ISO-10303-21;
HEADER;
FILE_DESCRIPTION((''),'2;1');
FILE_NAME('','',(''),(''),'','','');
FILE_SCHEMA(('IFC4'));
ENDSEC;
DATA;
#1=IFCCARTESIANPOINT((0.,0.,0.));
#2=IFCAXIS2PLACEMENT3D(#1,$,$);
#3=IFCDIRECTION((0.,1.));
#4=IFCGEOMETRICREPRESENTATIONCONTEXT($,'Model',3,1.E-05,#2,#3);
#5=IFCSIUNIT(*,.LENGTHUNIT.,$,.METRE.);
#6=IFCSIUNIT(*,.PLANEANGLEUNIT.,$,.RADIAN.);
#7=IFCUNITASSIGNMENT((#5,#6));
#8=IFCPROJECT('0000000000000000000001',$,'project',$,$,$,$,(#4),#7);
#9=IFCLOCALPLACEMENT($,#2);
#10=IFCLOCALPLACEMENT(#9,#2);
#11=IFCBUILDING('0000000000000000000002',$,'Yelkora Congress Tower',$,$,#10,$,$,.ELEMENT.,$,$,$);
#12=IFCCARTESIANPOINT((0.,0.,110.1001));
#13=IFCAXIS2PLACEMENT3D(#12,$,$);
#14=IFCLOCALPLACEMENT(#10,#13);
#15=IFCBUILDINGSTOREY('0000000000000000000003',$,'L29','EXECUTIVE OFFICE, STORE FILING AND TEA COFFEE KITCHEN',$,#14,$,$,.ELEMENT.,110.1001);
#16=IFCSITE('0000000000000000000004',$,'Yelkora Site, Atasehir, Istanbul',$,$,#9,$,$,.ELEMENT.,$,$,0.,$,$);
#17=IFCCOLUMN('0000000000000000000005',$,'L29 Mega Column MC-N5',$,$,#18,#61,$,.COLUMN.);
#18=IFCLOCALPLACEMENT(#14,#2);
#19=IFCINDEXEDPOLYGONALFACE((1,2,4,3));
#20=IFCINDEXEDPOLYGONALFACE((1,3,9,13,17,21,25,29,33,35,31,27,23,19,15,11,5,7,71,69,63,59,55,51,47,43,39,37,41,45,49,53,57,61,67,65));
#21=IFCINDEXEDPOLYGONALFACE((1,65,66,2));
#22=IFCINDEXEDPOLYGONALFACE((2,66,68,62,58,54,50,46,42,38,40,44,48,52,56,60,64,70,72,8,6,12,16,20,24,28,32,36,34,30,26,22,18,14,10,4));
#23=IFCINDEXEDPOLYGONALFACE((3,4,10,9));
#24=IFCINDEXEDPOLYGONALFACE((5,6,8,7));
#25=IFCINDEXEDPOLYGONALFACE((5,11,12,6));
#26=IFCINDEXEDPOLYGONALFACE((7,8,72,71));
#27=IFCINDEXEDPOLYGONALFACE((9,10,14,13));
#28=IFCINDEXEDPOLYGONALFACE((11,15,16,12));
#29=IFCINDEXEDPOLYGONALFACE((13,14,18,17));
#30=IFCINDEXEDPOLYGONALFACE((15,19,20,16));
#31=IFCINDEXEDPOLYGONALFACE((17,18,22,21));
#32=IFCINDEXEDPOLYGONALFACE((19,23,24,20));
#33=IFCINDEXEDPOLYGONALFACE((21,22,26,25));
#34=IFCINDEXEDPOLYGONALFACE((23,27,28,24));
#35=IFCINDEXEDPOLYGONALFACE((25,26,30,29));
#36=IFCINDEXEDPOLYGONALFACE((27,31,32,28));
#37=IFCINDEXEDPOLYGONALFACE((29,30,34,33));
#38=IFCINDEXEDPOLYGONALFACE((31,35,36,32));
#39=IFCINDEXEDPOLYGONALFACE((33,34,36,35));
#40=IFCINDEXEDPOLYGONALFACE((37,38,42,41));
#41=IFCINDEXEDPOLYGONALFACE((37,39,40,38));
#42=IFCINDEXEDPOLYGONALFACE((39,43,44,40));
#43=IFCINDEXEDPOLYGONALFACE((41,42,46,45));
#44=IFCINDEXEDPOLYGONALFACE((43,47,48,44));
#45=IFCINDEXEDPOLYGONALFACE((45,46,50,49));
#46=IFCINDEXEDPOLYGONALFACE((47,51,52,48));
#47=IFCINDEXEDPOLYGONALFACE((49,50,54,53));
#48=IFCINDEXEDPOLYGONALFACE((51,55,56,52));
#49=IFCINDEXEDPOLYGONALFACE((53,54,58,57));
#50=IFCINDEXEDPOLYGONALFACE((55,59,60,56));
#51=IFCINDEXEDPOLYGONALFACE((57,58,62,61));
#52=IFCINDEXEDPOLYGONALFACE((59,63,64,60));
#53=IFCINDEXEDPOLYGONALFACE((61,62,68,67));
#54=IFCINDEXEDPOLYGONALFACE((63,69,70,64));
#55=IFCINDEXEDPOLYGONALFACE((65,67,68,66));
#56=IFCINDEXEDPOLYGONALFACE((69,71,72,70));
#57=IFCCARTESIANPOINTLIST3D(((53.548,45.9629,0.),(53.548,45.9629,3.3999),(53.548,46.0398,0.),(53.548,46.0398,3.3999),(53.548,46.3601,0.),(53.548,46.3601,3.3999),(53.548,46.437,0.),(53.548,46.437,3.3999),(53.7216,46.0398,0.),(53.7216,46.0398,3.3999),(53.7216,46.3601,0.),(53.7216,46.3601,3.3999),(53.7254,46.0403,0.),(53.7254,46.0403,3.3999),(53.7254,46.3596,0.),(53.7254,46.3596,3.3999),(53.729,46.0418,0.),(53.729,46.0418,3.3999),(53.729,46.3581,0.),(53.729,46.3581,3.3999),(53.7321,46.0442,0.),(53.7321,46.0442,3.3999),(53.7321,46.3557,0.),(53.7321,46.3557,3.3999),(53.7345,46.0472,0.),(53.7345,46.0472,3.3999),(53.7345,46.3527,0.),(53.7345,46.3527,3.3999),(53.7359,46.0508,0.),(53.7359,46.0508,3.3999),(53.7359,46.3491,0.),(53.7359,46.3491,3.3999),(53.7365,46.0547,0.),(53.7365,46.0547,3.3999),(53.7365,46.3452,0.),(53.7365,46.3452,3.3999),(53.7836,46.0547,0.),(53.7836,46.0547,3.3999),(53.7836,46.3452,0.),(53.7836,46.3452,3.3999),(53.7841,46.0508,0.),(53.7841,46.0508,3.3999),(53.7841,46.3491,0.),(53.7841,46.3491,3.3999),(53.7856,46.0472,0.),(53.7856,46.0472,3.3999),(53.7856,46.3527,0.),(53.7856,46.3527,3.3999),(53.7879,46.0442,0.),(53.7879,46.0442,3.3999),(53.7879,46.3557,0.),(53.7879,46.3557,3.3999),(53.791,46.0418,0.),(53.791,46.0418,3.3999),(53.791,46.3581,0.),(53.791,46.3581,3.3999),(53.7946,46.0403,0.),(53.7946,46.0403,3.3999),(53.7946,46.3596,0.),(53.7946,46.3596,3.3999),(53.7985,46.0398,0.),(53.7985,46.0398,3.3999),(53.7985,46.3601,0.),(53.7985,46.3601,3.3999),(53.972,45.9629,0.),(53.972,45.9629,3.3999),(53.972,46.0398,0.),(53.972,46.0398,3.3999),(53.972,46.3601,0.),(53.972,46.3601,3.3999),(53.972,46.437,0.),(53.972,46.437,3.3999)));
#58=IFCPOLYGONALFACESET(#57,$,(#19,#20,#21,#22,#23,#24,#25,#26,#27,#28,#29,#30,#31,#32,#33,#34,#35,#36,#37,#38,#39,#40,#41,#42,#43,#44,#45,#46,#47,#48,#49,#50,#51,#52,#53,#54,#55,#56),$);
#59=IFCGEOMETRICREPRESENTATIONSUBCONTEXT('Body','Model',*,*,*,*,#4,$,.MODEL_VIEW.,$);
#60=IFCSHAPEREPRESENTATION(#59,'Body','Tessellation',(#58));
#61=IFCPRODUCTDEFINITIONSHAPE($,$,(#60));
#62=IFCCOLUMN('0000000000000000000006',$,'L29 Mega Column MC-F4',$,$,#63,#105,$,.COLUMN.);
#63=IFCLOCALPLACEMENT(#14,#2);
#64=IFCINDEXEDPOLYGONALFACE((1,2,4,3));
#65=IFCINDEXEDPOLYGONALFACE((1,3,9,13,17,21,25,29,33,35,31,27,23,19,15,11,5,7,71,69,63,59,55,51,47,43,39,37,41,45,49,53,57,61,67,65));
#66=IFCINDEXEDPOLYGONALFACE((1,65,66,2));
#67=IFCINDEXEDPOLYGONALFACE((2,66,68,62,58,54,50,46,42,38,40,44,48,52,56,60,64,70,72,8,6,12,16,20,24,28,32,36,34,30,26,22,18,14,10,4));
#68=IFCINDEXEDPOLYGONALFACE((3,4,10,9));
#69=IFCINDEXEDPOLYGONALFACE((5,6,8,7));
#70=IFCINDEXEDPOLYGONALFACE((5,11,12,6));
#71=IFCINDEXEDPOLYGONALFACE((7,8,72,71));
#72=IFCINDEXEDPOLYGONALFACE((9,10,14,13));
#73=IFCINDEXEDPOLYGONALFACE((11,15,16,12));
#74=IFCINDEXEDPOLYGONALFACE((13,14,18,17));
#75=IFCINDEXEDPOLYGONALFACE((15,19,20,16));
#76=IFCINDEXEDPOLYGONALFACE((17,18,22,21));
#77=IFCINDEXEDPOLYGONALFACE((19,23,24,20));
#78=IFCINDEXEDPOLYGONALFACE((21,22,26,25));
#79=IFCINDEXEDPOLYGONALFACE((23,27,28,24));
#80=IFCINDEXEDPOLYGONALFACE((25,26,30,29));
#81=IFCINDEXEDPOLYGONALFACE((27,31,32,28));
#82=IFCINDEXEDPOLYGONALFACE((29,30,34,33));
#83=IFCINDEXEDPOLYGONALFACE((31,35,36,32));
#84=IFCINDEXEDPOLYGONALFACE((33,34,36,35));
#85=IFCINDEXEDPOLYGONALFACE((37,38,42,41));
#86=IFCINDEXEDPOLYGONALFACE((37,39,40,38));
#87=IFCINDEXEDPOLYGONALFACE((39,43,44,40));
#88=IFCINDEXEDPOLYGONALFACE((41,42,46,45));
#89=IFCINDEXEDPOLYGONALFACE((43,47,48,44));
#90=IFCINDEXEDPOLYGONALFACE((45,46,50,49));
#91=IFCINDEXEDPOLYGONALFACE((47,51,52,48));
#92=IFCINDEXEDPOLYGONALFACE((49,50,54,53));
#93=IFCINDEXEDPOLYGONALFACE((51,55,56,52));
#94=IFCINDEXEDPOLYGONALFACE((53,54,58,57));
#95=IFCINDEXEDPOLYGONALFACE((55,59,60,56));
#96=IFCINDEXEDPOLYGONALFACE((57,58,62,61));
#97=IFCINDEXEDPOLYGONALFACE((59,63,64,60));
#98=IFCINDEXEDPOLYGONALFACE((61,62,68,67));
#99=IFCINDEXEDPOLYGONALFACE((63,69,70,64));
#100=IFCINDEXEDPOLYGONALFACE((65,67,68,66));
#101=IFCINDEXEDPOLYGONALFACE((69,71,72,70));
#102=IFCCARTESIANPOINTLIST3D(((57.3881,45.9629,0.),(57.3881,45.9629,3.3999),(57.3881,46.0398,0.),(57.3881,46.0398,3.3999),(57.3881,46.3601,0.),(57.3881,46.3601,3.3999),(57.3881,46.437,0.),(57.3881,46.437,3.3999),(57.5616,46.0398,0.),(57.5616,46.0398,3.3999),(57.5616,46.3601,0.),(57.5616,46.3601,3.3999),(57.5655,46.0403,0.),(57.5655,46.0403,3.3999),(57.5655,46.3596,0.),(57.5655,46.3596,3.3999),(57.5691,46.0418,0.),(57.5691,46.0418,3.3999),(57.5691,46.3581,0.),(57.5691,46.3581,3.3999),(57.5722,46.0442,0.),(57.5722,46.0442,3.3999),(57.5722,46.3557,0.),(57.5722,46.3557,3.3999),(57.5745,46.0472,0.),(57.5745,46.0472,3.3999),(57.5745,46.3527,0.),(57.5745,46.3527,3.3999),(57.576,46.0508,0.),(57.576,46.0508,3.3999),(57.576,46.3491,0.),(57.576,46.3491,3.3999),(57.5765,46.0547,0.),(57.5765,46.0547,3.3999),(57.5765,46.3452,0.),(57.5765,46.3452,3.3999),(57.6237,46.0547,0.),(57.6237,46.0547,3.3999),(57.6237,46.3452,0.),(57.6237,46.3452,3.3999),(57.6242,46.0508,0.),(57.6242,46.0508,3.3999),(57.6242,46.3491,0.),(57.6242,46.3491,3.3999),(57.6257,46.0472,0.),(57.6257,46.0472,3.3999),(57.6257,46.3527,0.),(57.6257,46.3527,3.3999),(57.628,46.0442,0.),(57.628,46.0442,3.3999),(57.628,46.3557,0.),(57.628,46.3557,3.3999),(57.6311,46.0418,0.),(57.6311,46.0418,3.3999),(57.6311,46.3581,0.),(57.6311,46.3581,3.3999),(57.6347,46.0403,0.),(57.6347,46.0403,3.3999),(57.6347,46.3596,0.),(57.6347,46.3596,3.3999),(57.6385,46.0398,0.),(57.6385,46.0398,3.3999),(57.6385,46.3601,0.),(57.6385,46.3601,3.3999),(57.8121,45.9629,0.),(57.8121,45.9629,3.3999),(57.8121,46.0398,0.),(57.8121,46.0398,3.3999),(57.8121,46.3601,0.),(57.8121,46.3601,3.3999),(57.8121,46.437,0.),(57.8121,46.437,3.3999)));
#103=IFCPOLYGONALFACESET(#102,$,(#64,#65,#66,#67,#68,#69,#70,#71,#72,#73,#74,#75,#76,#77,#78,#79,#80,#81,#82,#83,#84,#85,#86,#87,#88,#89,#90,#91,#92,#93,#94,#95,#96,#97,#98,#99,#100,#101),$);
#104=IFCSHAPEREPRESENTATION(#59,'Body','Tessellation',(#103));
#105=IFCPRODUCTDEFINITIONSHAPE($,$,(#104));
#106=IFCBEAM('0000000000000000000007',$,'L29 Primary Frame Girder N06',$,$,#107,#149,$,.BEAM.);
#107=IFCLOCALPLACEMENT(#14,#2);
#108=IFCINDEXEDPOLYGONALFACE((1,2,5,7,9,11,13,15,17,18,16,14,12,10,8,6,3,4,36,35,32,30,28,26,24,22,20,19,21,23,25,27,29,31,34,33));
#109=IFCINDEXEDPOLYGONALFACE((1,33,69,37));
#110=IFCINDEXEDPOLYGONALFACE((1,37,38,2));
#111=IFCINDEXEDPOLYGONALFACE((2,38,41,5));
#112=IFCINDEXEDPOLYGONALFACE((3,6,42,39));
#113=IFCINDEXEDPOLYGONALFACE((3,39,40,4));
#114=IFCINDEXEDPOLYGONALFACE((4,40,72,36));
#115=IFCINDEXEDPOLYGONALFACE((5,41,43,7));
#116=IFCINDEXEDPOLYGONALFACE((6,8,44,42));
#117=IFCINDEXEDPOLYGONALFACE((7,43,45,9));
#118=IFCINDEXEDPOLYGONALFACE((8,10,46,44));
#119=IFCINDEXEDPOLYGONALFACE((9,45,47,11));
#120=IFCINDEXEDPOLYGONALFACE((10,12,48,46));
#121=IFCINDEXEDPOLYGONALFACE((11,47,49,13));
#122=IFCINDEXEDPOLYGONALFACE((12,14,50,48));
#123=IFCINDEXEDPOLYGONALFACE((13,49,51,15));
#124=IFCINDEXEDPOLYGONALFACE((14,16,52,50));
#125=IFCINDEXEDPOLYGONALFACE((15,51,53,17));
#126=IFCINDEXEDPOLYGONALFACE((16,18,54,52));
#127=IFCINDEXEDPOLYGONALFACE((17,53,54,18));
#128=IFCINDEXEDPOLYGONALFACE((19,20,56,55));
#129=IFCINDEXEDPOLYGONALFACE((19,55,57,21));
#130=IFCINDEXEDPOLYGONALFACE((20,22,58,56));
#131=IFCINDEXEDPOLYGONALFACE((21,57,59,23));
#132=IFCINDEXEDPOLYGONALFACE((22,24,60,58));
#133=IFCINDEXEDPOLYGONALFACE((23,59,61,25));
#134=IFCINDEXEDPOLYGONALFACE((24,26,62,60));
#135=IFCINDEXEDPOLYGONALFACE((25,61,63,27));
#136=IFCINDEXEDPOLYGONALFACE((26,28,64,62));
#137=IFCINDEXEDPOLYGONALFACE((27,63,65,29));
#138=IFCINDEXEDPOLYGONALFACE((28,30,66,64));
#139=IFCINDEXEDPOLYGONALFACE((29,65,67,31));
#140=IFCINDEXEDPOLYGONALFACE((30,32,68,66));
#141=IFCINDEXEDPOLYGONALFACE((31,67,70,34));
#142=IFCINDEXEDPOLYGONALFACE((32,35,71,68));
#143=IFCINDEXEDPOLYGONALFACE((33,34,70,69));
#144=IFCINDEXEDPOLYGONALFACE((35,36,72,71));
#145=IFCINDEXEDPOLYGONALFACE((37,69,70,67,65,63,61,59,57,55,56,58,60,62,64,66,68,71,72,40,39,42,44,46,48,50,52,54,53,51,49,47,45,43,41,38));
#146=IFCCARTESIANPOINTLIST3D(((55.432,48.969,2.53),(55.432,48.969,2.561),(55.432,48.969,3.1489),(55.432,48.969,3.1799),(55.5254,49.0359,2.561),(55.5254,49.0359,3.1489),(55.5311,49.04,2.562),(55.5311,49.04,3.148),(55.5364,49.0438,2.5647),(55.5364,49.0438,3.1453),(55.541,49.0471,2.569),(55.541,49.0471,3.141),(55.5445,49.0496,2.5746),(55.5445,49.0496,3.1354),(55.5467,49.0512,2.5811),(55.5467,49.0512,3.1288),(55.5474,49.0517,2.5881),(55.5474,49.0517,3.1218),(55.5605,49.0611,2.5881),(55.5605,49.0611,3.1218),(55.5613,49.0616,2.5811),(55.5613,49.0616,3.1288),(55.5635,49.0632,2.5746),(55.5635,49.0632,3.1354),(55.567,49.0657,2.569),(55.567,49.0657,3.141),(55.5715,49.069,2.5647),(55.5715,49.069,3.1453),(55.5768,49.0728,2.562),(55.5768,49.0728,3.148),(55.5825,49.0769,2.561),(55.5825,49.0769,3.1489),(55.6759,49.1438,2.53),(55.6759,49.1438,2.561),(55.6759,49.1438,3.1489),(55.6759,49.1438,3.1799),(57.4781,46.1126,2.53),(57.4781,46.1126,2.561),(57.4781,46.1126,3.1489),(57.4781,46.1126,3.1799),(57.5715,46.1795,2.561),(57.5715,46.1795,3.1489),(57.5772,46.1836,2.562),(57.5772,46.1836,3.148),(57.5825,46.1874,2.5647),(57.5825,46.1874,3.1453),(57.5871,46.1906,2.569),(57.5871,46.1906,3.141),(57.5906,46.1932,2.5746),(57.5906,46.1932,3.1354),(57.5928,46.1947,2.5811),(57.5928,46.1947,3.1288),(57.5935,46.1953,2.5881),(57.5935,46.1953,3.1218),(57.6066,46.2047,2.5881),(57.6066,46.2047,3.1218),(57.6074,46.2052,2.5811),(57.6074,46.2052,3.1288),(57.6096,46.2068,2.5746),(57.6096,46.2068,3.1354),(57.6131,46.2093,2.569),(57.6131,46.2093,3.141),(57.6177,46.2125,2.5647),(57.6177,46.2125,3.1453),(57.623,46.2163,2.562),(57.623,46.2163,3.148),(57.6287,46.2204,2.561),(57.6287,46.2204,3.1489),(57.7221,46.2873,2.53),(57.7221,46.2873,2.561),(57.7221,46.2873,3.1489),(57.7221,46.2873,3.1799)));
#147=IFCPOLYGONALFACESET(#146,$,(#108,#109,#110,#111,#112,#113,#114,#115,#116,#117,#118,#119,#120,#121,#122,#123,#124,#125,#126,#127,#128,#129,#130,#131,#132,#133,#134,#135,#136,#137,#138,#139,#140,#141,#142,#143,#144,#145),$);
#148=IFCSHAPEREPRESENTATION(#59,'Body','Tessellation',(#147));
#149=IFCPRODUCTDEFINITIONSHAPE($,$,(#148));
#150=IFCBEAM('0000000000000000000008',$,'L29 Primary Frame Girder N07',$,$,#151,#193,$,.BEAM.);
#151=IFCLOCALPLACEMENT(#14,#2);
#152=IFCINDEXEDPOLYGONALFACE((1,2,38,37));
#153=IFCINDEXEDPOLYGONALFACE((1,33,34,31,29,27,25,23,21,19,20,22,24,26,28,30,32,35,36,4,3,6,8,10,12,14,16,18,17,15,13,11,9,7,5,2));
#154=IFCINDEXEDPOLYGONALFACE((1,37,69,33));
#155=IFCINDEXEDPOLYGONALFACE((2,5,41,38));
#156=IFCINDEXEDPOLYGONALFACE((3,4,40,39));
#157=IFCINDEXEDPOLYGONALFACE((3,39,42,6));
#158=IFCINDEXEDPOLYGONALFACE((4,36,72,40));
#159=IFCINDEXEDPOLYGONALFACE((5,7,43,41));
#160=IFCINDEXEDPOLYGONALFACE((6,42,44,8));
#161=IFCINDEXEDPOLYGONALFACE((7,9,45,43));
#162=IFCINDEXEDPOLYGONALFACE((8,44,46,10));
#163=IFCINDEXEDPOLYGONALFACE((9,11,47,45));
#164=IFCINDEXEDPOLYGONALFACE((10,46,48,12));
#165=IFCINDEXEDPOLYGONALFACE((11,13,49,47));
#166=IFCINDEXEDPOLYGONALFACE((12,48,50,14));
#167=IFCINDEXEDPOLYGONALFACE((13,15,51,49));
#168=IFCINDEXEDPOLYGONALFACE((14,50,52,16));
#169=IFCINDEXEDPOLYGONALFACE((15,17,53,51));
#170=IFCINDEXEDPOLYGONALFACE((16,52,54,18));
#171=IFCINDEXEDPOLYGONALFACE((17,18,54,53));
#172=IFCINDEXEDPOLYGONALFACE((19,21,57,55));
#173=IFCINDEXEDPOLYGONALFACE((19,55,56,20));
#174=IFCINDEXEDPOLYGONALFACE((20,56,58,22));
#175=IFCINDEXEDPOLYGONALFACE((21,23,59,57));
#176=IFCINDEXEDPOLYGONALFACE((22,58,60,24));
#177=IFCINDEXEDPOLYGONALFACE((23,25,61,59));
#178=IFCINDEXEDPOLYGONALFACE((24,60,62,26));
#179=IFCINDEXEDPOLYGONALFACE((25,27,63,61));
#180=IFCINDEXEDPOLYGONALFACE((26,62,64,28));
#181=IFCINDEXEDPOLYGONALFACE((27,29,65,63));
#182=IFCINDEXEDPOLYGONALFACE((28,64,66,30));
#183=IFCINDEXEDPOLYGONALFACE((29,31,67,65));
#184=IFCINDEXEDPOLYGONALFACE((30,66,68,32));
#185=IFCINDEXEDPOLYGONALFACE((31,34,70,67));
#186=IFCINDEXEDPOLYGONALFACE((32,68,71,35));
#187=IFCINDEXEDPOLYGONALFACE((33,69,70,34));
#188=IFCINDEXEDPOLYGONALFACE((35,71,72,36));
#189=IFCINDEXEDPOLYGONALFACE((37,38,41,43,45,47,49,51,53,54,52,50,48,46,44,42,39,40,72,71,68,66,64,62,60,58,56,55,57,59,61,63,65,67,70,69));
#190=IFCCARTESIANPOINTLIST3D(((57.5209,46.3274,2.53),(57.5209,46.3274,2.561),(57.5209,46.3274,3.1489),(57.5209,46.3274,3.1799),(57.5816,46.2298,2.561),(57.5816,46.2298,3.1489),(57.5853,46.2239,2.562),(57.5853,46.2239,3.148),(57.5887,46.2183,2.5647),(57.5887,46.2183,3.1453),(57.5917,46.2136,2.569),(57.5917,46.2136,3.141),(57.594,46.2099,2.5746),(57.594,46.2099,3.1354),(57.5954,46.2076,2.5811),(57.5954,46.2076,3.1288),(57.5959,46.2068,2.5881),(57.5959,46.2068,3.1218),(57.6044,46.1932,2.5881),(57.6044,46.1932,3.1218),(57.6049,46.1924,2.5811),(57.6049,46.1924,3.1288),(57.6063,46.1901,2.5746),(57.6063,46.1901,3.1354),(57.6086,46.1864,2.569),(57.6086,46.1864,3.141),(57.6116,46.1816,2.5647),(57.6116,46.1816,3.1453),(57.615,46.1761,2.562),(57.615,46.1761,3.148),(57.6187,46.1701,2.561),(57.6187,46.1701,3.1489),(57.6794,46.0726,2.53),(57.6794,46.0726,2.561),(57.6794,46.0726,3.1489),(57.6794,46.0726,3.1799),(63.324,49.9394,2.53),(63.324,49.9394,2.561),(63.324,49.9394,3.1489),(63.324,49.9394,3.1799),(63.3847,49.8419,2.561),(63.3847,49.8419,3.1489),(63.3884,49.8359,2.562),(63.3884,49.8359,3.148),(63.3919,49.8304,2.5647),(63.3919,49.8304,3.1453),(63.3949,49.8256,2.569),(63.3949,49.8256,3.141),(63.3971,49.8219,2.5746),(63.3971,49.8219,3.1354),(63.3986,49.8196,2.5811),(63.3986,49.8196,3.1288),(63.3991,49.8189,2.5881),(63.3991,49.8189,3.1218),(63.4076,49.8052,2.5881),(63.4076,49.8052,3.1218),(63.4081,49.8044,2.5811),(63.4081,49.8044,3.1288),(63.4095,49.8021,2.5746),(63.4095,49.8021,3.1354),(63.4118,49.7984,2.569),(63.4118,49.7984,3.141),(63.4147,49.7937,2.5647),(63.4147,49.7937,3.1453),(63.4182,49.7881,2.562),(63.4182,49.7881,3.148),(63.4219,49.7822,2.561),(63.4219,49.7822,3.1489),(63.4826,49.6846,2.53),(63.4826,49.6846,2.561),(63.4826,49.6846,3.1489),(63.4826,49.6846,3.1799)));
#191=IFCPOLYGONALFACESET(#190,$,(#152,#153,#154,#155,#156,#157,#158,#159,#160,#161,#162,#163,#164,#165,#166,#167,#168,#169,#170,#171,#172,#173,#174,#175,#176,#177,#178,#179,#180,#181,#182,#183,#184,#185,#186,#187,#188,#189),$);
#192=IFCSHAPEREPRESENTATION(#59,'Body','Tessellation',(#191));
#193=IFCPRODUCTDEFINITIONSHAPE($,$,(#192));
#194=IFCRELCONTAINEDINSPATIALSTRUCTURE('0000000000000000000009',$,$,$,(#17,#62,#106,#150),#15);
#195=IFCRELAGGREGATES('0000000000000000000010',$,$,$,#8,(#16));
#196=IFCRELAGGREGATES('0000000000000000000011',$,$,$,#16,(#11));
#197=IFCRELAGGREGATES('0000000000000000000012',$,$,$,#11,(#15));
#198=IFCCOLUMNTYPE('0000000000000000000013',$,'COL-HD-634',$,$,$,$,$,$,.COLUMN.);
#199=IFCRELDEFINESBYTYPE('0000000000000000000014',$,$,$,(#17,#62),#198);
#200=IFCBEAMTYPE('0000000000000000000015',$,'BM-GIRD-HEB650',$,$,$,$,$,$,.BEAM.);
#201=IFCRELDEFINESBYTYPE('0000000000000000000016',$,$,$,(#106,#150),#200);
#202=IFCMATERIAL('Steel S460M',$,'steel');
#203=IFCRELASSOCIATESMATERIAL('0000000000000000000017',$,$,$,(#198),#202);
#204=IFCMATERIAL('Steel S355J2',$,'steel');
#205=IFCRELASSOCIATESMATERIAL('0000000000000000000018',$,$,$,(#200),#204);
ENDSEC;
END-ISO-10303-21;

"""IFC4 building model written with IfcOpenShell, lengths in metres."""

from ifc_helpers import new_model, si_unit, direction, frame, origin, origin_2d, place, context, subcontext, project, spatial, i_section, extrude, material, material_profile, profile_set, type_object, element, save


model = new_model("IFC4")

# Units and contexts
model_context = context("Model", 3, precision=1e-05, world=origin(), true_north=direction((0.0, 1.0)))
body_context = subcontext(model_context, "Body", "Model", "MODEL_VIEW")
ifc_project = project(units=[si_unit("LENGTHUNIT", "METRE"), si_unit("PLANEANGLEUNIT", "RADIAN")], contexts=[model_context])

# Site, building, storey
site_placement = place(None, origin())
site = spatial("IfcSite", under=ifc_project, at=site_placement, Name="Yelkora Site, Atasehir, Istanbul", CompositionType="ELEMENT", RefElevation=0.0)
building_placement = place(site_placement, origin())
building = spatial("IfcBuilding", under=site, at=building_placement, Name="Yelkora Congress Tower", CompositionType="ELEMENT")
storey_placement = place(building_placement, frame((0.0, 0.0, 110.1001)))
storey = spatial("IfcBuildingStorey", under=building, at=storey_placement, Name="L29", Description="EXECUTIVE OFFICE, STORE FILING AND TEA COFFEE KITCHEN", CompositionType="ELEMENT", Elevation=110.1001)

# Columns
ifc_material_1 = material(Name="Steel S460M", Category="steel")
ifc_material_profile_1 = material_profile(ifc_material_1, i_section(OverallWidth=0.4241, OverallDepth=0.4741, WebThickness=0.0471, FlangeThickness=0.0769, FilletRadius=0.0149, at=origin_2d()), Name="HD 400x634")
ifc_profile_set_1 = profile_set([ifc_material_profile_1], Name="Steel S460M")
column_type_1 = type_object("IfcColumnType", Name="COL-HD-634", PredefinedType="COLUMN", material=ifc_profile_set_1)
for number, where, z_axis, x_axis, name in (
    (1, (53.76, 46.2, 0.0), (0.0, 0.0, 1.0), (1.0, 0.0, 0.0), "L29 Mega Column MC-N5"),
    (2, (57.6001, 46.2, 0.0), (0.0, 0.0, 1.0), (1.0, 0.0, 0.0), "L29 Mega Column MC-F4"),
):
    element("IfcColumn", number, at=place(storey_placement, frame(where, z_axis=z_axis, x_axis=x_axis)), inside=storey, type_object=column_type_1, Name=name, PredefinedType="COLUMN", context=body_context, shape_type="SweptSolid", body=[
        extrude(i_section(OverallWidth=0.4241, OverallDepth=0.4741, WebThickness=0.0471, FlangeThickness=0.0769, FilletRadius=0.0149, at=origin_2d()), origin(), (0.0, 0.0, 1.0), 3.3999),
    ])

# Beams
ifc_material_2 = material(Name="Steel S355J2", Category="steel")
ifc_material_profile_2 = material_profile(ifc_material_2, i_section(OverallWidth=0.3, OverallDepth=0.6499, WebThickness=0.0161, FlangeThickness=0.031, FilletRadius=0.0271, at=origin_2d()), Name="HEB 650")
ifc_profile_set_2 = profile_set([ifc_material_profile_2], Name="Steel S355J2")
beam_type_1 = type_object("IfcBeamType", Name="BM-GIRD-HEB650", PredefinedType="BEAM", material=ifc_profile_set_2)
beam_1_placement = place(storey_placement, frame((55.554, 49.0564, 2.855), z_axis=(0.582335, -0.812949, 0.0), x_axis=(0.812949, 0.582335, 0.0)))
element("IfcBeam", 3, at=beam_1_placement, inside=storey, type_object=beam_type_1, Name="L29 Primary Frame Girder N06", PredefinedType="BEAM", context=body_context, shape_type="SweptSolid", body=[
    extrude(i_section(OverallWidth=0.3, OverallDepth=0.6499, WebThickness=0.0161, FlangeThickness=0.031, FilletRadius=0.0271, at=origin_2d()), origin(), (0.0, 0.0, 1.0), 3.5137),
])
beam_2_placement = place(storey_placement, frame((63.4033, 49.812, 2.855), z_axis=(-0.84898, -0.528425, 0.0), x_axis=(0.528425, -0.84898, 0.0)))
element("IfcBeam", 4, at=beam_2_placement, inside=storey, type_object=beam_type_1, Name="L29 Primary Frame Girder N07", PredefinedType="BEAM", context=body_context, shape_type="SweptSolid", body=[
    extrude(i_section(OverallWidth=0.3, OverallDepth=0.6499, WebThickness=0.0161, FlangeThickness=0.031, FilletRadius=0.0271, at=origin_2d()), origin(), (0.0, 0.0, 1.0), 6.8354),
])

save(model, "model.ifc")
